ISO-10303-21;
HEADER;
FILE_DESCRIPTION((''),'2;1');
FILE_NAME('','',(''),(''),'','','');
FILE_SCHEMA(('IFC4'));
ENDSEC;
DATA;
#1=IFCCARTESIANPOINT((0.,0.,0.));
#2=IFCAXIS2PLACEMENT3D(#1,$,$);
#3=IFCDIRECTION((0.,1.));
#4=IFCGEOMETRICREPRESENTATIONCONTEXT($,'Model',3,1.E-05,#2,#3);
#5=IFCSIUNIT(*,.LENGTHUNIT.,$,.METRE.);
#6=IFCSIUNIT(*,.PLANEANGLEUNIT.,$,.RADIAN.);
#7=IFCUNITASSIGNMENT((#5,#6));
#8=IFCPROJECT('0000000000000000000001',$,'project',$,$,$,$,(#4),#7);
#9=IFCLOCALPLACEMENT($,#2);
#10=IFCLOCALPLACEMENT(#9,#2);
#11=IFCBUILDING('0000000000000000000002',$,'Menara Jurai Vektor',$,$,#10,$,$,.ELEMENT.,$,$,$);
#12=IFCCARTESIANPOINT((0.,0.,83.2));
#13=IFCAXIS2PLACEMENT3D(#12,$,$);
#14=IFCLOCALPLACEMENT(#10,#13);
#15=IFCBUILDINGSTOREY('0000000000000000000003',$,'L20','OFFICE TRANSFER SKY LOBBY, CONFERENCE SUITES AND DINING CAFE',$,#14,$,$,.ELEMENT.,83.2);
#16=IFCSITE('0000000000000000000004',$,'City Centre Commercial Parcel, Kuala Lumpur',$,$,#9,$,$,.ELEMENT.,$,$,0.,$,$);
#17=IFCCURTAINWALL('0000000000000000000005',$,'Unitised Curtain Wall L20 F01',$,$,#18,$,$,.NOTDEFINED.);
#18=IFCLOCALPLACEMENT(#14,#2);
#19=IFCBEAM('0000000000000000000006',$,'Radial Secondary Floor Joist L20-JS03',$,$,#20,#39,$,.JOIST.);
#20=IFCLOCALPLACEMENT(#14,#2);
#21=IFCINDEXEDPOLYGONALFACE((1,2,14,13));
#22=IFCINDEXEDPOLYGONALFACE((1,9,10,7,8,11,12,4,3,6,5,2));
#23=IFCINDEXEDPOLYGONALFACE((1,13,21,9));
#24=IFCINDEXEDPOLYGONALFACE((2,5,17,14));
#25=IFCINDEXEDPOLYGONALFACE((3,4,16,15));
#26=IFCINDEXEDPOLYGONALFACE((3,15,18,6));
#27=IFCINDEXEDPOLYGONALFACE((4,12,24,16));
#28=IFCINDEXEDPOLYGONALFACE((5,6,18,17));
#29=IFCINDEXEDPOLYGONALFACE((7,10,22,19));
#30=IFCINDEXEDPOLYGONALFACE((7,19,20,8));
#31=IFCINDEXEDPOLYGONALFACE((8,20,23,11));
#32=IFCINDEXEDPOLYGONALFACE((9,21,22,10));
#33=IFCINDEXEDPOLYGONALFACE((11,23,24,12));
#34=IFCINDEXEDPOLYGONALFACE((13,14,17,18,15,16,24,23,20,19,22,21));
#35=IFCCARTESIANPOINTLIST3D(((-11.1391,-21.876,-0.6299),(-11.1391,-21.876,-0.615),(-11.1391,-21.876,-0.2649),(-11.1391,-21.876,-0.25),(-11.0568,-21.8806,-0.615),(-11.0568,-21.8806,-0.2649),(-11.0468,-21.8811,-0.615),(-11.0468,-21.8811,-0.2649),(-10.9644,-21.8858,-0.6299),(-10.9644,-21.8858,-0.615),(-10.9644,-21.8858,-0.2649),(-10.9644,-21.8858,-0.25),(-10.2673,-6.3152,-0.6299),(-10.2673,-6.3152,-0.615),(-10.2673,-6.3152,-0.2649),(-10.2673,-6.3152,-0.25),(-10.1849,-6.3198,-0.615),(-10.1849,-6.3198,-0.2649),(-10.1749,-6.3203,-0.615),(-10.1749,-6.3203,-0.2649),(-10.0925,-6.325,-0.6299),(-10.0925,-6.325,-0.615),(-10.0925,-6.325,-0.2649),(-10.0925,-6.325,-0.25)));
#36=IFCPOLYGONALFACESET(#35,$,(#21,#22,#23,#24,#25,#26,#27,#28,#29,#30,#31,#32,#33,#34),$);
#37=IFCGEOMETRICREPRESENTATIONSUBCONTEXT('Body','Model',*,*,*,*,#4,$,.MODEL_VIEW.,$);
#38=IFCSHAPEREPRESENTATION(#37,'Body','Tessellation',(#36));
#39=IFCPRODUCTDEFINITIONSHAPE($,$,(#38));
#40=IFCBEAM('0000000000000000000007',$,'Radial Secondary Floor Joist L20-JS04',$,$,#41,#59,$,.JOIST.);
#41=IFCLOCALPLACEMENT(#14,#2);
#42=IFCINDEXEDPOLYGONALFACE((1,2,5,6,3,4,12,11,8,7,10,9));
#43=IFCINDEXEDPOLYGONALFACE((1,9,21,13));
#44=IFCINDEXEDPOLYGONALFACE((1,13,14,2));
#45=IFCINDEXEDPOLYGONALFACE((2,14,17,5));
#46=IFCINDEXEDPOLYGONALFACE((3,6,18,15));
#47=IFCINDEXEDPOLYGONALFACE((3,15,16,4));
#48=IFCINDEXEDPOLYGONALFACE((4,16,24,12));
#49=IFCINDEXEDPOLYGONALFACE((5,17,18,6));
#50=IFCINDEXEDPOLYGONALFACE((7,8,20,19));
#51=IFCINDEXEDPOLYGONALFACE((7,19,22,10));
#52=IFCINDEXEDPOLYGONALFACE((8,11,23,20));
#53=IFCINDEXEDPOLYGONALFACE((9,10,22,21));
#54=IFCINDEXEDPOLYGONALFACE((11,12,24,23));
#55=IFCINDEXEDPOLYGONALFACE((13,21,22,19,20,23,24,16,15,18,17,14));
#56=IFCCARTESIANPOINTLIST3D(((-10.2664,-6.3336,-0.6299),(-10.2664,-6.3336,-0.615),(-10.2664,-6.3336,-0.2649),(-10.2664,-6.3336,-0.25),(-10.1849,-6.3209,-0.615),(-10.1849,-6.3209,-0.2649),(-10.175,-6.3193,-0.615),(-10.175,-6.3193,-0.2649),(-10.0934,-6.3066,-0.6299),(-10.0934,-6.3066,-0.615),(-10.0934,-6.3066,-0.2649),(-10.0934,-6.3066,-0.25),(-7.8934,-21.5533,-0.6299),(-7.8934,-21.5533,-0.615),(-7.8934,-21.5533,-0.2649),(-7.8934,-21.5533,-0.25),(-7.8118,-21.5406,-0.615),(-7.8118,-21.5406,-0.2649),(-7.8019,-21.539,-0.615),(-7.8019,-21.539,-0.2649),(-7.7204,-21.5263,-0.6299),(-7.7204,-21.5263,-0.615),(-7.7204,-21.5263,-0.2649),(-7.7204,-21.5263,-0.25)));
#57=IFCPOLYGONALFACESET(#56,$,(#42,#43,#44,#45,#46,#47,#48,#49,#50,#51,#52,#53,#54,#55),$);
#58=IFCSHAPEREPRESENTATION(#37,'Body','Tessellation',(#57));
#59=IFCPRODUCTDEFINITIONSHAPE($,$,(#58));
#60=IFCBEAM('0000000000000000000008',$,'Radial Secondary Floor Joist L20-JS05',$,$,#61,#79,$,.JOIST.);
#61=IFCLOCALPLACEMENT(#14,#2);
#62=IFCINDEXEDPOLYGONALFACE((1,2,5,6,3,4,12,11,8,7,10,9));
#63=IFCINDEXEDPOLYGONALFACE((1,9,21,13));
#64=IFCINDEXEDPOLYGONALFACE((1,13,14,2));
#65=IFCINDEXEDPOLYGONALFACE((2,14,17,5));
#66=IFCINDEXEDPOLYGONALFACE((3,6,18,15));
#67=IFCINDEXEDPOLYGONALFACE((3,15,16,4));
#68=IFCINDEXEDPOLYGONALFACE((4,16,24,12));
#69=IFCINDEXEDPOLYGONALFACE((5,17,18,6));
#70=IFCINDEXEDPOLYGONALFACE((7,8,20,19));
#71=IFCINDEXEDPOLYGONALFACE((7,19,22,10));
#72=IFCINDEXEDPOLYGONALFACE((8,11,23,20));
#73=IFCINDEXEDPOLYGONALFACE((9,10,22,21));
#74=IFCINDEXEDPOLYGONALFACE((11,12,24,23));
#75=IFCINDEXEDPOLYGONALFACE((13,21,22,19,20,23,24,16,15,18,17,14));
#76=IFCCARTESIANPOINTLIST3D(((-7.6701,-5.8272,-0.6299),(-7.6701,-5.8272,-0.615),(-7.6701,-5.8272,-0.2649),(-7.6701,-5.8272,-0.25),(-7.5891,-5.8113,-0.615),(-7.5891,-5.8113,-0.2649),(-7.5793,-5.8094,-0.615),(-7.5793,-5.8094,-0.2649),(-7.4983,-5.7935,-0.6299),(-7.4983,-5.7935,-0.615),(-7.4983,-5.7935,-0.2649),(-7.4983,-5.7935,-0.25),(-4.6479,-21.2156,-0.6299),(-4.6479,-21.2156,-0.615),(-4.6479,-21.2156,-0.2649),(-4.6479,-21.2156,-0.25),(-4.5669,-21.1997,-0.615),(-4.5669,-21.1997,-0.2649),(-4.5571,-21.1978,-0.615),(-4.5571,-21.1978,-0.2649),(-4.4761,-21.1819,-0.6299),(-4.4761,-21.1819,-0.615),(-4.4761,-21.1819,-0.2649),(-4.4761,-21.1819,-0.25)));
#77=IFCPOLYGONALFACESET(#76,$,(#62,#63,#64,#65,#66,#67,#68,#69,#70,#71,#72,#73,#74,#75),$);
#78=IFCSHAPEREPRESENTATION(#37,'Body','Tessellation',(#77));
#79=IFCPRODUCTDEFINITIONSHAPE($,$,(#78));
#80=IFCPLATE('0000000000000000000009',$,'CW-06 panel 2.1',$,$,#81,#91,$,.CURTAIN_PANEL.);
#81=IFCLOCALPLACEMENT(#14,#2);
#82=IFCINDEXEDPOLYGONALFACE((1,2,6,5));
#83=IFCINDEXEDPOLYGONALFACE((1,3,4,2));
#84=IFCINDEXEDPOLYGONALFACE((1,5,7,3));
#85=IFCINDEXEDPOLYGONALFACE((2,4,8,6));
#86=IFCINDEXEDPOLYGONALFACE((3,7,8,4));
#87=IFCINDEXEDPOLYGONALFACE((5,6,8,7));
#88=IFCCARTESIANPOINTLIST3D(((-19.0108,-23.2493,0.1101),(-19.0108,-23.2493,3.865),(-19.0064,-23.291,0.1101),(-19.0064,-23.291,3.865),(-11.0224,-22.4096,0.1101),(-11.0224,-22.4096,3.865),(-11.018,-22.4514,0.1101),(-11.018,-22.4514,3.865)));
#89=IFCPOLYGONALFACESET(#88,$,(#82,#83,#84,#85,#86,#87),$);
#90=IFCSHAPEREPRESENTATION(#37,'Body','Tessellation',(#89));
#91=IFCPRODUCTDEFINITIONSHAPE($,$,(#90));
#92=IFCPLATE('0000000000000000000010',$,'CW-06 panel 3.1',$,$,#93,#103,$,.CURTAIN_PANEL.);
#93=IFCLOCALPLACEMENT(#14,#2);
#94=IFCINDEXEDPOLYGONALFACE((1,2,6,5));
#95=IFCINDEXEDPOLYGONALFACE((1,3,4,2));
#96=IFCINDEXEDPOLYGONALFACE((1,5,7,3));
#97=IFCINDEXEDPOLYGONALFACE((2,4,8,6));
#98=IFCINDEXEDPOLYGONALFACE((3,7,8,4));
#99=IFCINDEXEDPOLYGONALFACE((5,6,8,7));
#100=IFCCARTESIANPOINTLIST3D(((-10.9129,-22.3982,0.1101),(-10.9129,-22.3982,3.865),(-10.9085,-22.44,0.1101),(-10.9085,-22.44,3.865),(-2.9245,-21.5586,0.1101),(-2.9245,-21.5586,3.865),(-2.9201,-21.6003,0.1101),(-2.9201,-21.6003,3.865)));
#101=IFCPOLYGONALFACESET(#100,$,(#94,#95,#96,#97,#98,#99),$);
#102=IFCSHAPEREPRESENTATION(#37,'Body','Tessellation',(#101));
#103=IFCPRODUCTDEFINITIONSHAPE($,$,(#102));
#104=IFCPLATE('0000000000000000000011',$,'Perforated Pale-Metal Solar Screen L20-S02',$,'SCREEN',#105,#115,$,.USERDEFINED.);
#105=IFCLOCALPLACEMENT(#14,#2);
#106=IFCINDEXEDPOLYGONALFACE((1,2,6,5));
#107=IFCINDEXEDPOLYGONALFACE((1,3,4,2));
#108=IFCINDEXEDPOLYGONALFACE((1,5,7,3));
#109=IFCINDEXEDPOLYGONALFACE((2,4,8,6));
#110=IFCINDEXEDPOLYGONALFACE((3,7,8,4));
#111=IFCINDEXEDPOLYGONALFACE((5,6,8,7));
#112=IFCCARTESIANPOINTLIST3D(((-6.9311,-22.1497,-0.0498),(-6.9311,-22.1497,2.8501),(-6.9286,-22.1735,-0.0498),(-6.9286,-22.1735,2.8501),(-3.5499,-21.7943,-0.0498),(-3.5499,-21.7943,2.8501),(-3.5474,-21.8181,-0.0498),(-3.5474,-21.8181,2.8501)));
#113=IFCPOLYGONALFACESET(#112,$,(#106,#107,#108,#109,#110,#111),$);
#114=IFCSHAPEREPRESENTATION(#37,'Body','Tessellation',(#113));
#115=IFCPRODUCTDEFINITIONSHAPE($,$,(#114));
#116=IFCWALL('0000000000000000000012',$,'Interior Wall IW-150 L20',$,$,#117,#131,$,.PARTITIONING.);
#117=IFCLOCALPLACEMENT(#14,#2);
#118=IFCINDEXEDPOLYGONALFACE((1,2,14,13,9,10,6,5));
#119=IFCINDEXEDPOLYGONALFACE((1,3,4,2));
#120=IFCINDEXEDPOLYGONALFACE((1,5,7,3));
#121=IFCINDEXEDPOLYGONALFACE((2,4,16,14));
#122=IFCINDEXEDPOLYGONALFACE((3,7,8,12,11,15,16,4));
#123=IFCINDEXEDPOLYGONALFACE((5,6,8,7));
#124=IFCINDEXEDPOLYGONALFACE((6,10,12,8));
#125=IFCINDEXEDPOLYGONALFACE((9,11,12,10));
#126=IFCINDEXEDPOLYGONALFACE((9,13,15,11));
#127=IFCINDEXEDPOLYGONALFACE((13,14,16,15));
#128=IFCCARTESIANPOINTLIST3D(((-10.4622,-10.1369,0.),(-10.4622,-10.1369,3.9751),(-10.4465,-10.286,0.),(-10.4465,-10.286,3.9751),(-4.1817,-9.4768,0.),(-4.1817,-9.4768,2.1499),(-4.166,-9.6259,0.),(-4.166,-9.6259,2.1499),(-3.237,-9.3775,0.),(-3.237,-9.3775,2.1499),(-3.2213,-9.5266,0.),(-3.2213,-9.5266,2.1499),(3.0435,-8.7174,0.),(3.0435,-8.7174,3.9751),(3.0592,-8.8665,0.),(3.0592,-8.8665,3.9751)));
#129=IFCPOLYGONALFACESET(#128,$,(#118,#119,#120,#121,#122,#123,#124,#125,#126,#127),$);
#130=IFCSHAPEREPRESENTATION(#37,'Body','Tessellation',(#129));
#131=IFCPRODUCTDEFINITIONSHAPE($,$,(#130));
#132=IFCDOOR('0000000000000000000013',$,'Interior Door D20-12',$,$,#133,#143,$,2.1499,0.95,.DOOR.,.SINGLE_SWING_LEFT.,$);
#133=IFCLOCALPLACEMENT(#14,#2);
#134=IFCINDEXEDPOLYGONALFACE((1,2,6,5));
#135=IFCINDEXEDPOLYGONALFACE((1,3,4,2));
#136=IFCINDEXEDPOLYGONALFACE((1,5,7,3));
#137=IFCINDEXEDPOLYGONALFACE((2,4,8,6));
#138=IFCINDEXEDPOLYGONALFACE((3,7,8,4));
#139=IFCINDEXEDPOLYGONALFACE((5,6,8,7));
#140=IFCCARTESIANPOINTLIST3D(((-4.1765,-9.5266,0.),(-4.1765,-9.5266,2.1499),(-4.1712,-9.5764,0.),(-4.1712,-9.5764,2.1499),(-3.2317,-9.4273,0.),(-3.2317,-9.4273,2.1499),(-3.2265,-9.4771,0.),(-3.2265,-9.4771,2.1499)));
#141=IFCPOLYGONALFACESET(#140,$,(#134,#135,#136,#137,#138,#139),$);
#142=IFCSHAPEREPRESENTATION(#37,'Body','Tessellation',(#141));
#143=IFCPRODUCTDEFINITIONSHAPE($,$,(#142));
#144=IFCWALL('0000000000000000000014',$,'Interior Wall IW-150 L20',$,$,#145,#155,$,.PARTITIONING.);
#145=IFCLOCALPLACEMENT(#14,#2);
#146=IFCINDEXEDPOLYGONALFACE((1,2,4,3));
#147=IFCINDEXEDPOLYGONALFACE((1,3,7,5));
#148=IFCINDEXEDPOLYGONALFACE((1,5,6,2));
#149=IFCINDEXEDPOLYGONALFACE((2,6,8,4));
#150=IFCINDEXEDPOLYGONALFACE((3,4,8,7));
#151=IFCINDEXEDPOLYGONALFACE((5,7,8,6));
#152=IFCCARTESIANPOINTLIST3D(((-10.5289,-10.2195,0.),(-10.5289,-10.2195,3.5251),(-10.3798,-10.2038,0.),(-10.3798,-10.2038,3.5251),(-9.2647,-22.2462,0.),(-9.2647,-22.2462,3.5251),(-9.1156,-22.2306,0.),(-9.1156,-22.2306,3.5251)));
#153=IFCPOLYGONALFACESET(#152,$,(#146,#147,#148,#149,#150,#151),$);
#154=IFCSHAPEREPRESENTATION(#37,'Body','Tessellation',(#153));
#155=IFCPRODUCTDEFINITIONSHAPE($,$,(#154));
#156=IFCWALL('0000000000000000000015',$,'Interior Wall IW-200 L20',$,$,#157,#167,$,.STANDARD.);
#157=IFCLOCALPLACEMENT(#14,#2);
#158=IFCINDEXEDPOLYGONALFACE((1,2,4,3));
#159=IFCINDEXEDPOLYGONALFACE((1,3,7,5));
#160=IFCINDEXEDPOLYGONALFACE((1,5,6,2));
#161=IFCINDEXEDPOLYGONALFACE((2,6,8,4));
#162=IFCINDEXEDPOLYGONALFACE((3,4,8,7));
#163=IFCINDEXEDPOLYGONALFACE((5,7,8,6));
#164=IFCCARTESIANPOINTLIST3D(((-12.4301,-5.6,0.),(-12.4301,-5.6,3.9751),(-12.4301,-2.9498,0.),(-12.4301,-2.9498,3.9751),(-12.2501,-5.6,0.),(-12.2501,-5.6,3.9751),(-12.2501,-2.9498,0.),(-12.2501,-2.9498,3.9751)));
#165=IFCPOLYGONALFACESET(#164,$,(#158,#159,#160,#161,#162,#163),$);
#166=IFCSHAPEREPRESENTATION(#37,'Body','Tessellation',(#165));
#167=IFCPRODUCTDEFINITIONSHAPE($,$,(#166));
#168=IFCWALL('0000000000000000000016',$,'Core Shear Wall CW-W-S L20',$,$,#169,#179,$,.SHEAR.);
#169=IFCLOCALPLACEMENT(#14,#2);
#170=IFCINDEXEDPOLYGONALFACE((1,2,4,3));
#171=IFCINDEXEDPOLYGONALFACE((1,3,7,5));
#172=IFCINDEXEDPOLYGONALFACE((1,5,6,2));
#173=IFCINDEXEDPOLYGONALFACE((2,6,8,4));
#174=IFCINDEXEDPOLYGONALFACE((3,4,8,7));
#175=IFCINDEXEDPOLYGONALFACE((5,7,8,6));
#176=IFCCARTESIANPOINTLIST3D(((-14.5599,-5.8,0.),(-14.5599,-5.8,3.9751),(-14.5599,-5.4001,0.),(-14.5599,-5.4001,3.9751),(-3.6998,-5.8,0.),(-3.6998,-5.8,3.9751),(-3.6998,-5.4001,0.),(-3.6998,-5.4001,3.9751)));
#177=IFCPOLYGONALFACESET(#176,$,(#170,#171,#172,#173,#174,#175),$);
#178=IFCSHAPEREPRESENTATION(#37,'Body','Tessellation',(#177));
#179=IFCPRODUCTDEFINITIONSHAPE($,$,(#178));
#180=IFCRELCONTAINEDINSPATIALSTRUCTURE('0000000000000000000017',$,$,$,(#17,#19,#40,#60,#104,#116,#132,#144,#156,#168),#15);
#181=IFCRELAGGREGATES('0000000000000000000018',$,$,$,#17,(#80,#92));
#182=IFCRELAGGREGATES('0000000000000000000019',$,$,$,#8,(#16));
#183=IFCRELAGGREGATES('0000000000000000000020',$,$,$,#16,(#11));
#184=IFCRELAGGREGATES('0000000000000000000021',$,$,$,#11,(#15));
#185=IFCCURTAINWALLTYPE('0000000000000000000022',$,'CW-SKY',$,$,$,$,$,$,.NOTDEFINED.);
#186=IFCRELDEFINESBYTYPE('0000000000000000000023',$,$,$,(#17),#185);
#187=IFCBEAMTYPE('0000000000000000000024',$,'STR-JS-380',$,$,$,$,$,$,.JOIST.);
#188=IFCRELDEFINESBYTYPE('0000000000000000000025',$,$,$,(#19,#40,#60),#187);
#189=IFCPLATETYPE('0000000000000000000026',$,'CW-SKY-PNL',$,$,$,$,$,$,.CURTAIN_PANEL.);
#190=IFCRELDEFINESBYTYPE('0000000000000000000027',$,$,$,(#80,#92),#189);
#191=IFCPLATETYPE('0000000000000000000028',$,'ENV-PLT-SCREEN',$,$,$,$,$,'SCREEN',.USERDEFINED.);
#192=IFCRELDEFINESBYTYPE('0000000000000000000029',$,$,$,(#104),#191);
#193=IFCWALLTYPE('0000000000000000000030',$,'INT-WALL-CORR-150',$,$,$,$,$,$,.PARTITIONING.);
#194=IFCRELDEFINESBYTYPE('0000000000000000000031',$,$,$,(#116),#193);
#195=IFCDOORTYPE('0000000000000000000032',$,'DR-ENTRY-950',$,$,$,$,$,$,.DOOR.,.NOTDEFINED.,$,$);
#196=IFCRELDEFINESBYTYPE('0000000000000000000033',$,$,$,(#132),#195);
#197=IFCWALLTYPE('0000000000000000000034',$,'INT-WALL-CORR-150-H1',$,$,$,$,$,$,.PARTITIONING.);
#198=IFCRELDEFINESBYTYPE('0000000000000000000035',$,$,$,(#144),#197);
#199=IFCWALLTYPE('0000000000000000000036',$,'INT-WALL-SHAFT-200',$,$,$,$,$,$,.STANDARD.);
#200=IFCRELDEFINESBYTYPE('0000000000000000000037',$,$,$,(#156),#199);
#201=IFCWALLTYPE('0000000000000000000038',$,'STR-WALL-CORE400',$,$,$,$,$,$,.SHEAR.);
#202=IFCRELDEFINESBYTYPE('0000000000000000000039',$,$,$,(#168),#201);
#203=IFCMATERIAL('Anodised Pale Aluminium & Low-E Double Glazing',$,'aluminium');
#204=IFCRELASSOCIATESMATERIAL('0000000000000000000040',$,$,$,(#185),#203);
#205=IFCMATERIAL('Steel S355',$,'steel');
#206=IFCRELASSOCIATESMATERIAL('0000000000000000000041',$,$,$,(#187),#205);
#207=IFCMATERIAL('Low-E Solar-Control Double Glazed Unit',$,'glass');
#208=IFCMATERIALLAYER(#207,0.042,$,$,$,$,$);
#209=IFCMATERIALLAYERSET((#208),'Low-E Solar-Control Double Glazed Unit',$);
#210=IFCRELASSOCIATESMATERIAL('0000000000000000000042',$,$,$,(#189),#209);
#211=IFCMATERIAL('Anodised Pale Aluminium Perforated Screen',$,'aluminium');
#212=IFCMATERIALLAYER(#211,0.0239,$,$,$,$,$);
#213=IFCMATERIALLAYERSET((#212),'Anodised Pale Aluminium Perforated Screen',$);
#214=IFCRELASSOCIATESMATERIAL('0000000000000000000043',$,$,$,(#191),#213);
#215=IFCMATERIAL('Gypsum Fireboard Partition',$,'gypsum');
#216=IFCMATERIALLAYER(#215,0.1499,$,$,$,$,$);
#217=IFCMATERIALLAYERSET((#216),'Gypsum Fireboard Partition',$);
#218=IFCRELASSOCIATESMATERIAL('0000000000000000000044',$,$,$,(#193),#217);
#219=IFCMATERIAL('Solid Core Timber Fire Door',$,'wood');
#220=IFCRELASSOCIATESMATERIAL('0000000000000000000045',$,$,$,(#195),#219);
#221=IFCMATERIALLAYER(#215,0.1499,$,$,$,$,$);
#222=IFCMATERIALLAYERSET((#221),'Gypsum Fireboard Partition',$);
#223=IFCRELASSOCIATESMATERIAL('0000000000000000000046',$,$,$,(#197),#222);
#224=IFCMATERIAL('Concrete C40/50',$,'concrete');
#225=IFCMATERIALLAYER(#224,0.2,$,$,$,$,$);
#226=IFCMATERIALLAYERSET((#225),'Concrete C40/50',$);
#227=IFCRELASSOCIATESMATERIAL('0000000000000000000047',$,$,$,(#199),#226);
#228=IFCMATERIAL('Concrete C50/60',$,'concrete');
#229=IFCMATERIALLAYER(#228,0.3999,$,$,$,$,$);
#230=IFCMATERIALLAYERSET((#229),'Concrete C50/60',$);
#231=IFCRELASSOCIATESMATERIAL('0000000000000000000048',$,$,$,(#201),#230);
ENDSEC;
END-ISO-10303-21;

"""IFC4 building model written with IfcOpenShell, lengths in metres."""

from ifc_helpers import new_model, si_unit, direction, frame, frame_2d, origin, origin_2d, place, context, subcontext, project, spatial, rectangle, i_section, extrude, material, layer, layer_set, material_profile, profile_set, type_object, element, fill, aggregate, save


model = new_model("IFC4")

# Units and contexts
model_context = context("Model", 3, precision=1e-05, world=origin(), true_north=direction((0.0, 1.0)))
body_context = subcontext(model_context, "Body", "Model", "MODEL_VIEW")
ifc_project = project(units=[si_unit("LENGTHUNIT", "METRE"), si_unit("PLANEANGLEUNIT", "RADIAN")], contexts=[model_context])

# Site, building, storey
site_placement = place(None, origin())
site = spatial("IfcSite", under=ifc_project, at=site_placement, Name="City Centre Commercial Parcel, Kuala Lumpur", CompositionType="ELEMENT", RefElevation=0.0)
building_placement = place(site_placement, origin())
building = spatial("IfcBuilding", under=site, at=building_placement, Name="Menara Jurai Vektor", CompositionType="ELEMENT")
storey_placement = place(building_placement, frame((0.0, 0.0, 83.2)))
storey = spatial("IfcBuildingStorey", under=building, at=storey_placement, Name="L20", Description="OFFICE TRANSFER SKY LOBBY, CONFERENCE SUITES AND DINING CAFE", CompositionType="ELEMENT", Elevation=83.2)

# Shared definitions
ifc_material_1 = material(Name="Concrete C50/60", Category="concrete")

# Curtain wall
ifc_material_2 = material(Name="Anodised Pale Aluminium & Low-E Double Glazing", Category="aluminium")
curtain_wall_type = type_object("IfcCurtainWallType", Name="CW-SKY", PredefinedType="NOTDEFINED", material=ifc_material_2)
curtain_wall_placement = place(storey_placement, origin())
curtain_wall = element("IfcCurtainWall", 1, at=curtain_wall_placement, inside=storey, type_object=curtain_wall_type, Name="Unitised Curtain Wall L20 F01", PredefinedType="NOTDEFINED")

# Beams
ifc_material_3 = material(Name="Steel S355", Category="steel")
ifc_material_profile_1 = material_profile(ifc_material_3, i_section(OverallWidth=0.175, OverallDepth=0.3799, WebThickness=0.01, FlangeThickness=0.0149, at=origin_2d()), Name="PG 380x175x58")
ifc_profile_set_1 = profile_set([ifc_material_profile_1], Name="Steel S355")
beam_type_1 = type_object("IfcBeamType", Name="STR-JS-380", PredefinedType="JOIST", material=ifc_profile_set_1)
beam_1_placement = place(storey_placement, frame((-11.0518, -21.8809, -0.4399), z_axis=(0.055939, 0.998434, 0.0), x_axis=(-0.998434, 0.055939, 0.0)))
element("IfcBeam", 2, at=beam_1_placement, inside=storey, type_object=beam_type_1, Name="Radial Secondary Floor Joist L20-JS03", PredefinedType="JOIST", context=body_context, shape_type="SweptSolid", body=[
    extrude(i_section(OverallWidth=0.175, OverallDepth=0.3799, WebThickness=0.01, FlangeThickness=0.0149, at=origin_2d()), origin(), (0.0, 0.0, 1.0), 15.5852),
])
beam_2_placement = place(storey_placement, frame((-7.8069, -21.5398, -0.4399), z_axis=(-0.154058, 0.988062, 0.0), x_axis=(-0.988062, -0.154058, 0.0)))
element("IfcBeam", 3, at=beam_2_placement, inside=storey, type_object=beam_type_1, Name="Radial Secondary Floor Joist L20-JS04", PredefinedType="JOIST", context=body_context, shape_type="SweptSolid", body=[
    extrude(i_section(OverallWidth=0.175, OverallDepth=0.3799, WebThickness=0.01, FlangeThickness=0.0149, at=origin_2d()), origin(), (0.0, 0.0, 1.0), 15.4036),
])
beam_3_placement = place(storey_placement, frame((-4.562, -21.1987, -0.4399), z_axis=(-0.192714, 0.981255, 0.0), x_axis=(-0.981255, -0.192714, 0.0)))
element("IfcBeam", 4, at=beam_3_placement, inside=storey, type_object=beam_type_1, Name="Radial Secondary Floor Joist L20-JS05", PredefinedType="JOIST", context=body_context, shape_type="SweptSolid", body=[
    extrude(i_section(OverallWidth=0.175, OverallDepth=0.3799, WebThickness=0.01, FlangeThickness=0.0149, at=origin_2d()), origin(), (0.0, 0.0, 1.0), 15.6824),
])

# Plates
ifc_material_4 = material(Name="Low-E Solar-Control Double Glazed Unit", Category="glass")
ifc_layer_1 = layer(ifc_material_4, 0.042)
ifc_layer_set_1 = layer_set([ifc_layer_1], Name="Low-E Solar-Control Double Glazed Unit")
plate_type_1 = type_object("IfcPlateType", Name="CW-SKY-PNL", PredefinedType="CURTAIN_PANEL", material=ifc_layer_set_1)
plate_1_placement = place(storey_placement, frame((-15.0144, -22.8503, 0.1101), z_axis=(0.0, 0.0, 1.0), x_axis=(0.994522, 0.104529, 0.0)))
plate_1 = element("IfcPlate", 5, at=plate_1_placement, type_object=plate_type_1, Name="CW-06 panel 2.1", PredefinedType="CURTAIN_PANEL", context=body_context, shape_type="SweptSolid", body=[
    extrude(rectangle(XDim=8.0325, YDim=0.042, at=origin_2d()), origin(), (0.0, 0.0, 1.0), 3.7549),
])
plate_2_placement = place(storey_placement, frame((-6.9165, -21.9993, 0.1101), z_axis=(0.0, 0.0, 1.0), x_axis=(0.994522, 0.104529, 0.0)))
plate_2 = element("IfcPlate", 6, at=plate_2_placement, type_object=plate_type_1, Name="CW-06 panel 3.1", PredefinedType="CURTAIN_PANEL", context=body_context, shape_type="SweptSolid", body=[
    extrude(rectangle(XDim=8.0325, YDim=0.042, at=origin_2d()), origin(), (0.0, 0.0, 1.0), 3.7549),
])
aggregate(curtain_wall, [plate_1, plate_2])
ifc_material_5 = material(Name="Anodised Pale Aluminium Perforated Screen", Category="aluminium")
ifc_layer_2 = layer(ifc_material_5, 0.0239)
ifc_layer_set_2 = layer_set([ifc_layer_2], Name="Anodised Pale Aluminium Perforated Screen")
plate_type_2 = type_object("IfcPlateType", Name="ENV-PLT-SCREEN", ElementType="SCREEN", PredefinedType="USERDEFINED", material=ifc_layer_set_2)
plate_3_placement = place(storey_placement, frame((-5.2393, -21.9839, -0.0498), z_axis=(0.0, 0.0, 1.0), x_axis=(0.994522, 0.104528, 0.0)))
element("IfcPlate", 7, at=plate_3_placement, inside=storey, type_object=plate_type_2, Name="Perforated Pale-Metal Solar Screen L20-S02", ObjectType="SCREEN", PredefinedType="USERDEFINED", context=body_context, shape_type="SweptSolid", body=[
    extrude(rectangle(XDim=3.3999, YDim=0.0239, at=origin_2d()), origin(), (0.0, 0.0, 1.0), 2.8999),
])

# Wall, opening, door
ifc_material_6 = material(Name="Gypsum Fireboard Partition", Category="gypsum")
ifc_layer_3 = layer(ifc_material_6, 0.1499)
ifc_layer_set_3 = layer_set([ifc_layer_3], Name="Gypsum Fireboard Partition")
wall_type_1 = type_object("IfcWallType", Name="INT-WALL-CORR-150", PredefinedType="PARTITIONING", material=ifc_layer_set_3)
wall_1_placement = place(storey_placement, frame((-10.4543, -10.2114, 0.0), z_axis=(0.0, 0.0, 1.0), x_axis=(0.994522, 0.104524, 0.0)))
wall_1 = element("IfcWall", 8, at=wall_1_placement, inside=storey, type_object=wall_type_1, Name="Interior Wall IW-150 L20", PredefinedType="PARTITIONING", context=body_context, shape_type="SweptSolid", body=[
    extrude(rectangle(XDim=13.5801, YDim=0.1499, at=frame_2d((6.79, 0.0))), origin(), (0.0, 0.0, 1.0), 3.9751),
])
opening_placement = place(wall_1_placement, frame((6.3149, 0.0, 0.0)))
opening = element("IfcOpeningElement", 9, at=opening_placement, cuts=wall_1, PredefinedType="OPENING", context=body_context, shape_type="SweptSolid", body=[
    extrude(rectangle(XDim=0.95, YDim=2.1499, at=frame_2d((0.4751, 1.075))), frame((0.0, 0.085, 0.0), z_axis=(0.0, -1.0, 0.0), x_axis=(1.0, 0.0, 0.0)), (0.0, 0.0, 1.0), 0.1699),
])
ifc_material_7 = material(Name="Solid Core Timber Fire Door", Category="wood")
door_type = type_object("IfcDoorType", Name="DR-ENTRY-950", OperationType="NOTDEFINED", PredefinedType="DOOR", material=ifc_material_7)
door_placement = place(opening_placement, origin())
door = element("IfcDoor", 10, at=door_placement, inside=storey, type_object=door_type, Name="Interior Door D20-12", OperationType="SINGLE_SWING_LEFT", OverallHeight=2.1499, OverallWidth=0.95, PredefinedType="DOOR", context=body_context, shape_type="SweptSolid", body=[
    extrude(rectangle(XDim=0.95, YDim=2.1499, at=frame_2d((0.4751, 1.075))), frame((0.0, 0.0249, 0.0), z_axis=(0.0, -1.0, 0.0), x_axis=(1.0, 0.0, 0.0)), (0.0, 0.0, 1.0), 0.05),
])
fill(opening, door)

# Walls
ifc_layer_4 = layer(ifc_material_6, 0.1499)
ifc_layer_set_4 = layer_set([ifc_layer_4], Name="Gypsum Fireboard Partition")
wall_type_2 = type_object("IfcWallType", Name="INT-WALL-CORR-150-H1", PredefinedType="PARTITIONING", material=ifc_layer_set_4)
wall_2_placement = place(storey_placement, frame((-9.1902, -22.2383, 0.0), z_axis=(0.0, 0.0, 1.0), x_axis=(-0.104536, 0.994521, 0.0)))
element("IfcWall", 11, at=wall_2_placement, inside=storey, type_object=wall_type_2, Name="Interior Wall IW-150 L20", PredefinedType="PARTITIONING", context=body_context, shape_type="SweptSolid", body=[
    extrude(rectangle(XDim=12.093, YDim=0.1499, at=frame_2d((6.0464, 0.0))), origin(), (0.0, 0.0, 1.0), 3.5251),
])
ifc_material_8 = material(Name="Concrete C40/50", Category="concrete")
ifc_layer_5 = layer(ifc_material_8, 0.2)
ifc_layer_set_5 = layer_set([ifc_layer_5], Name="Concrete C40/50")
wall_type_3 = type_object("IfcWallType", Name="INT-WALL-SHAFT-200", PredefinedType="STANDARD", material=ifc_layer_set_5)
wall_3_placement = place(storey_placement, frame((-12.3401, -5.6001, 0.0), z_axis=(0.0, 0.0, 1.0), x_axis=(0.0, 1.0, 0.0)))
element("IfcWall", 12, at=wall_3_placement, inside=storey, type_object=wall_type_3, Name="Interior Wall IW-200 L20", PredefinedType="STANDARD", context=body_context, shape_type="SweptSolid", body=[
    extrude(rectangle(XDim=2.6501, YDim=0.1799, at=frame_2d((1.3252, 0.0))), origin(), (0.0, 0.0, 1.0), 3.9751),
])
ifc_layer_6 = layer(ifc_material_1, 0.3999)
ifc_layer_set_6 = layer_set([ifc_layer_6], Name="Concrete C50/60")
wall_type_4 = type_object("IfcWallType", Name="STR-WALL-CORE400", PredefinedType="SHEAR", material=ifc_layer_set_6)
wall_4_placement = place(storey_placement, frame((-14.5601, -5.6001, 0.0), z_axis=(0.0, 0.0, 1.0), x_axis=(1.0, 0.0, 0.0)))
element("IfcWall", 13, at=wall_4_placement, inside=storey, type_object=wall_type_4, Name="Core Shear Wall CW-W-S L20", PredefinedType="SHEAR", context=body_context, shape_type="SweptSolid", body=[
    extrude(rectangle(XDim=10.8601, YDim=0.3999, at=frame_2d((5.4302, 0.0))), origin(), (0.0, 0.0, 1.0), 3.9751),
])

save(model, "model.ifc")
